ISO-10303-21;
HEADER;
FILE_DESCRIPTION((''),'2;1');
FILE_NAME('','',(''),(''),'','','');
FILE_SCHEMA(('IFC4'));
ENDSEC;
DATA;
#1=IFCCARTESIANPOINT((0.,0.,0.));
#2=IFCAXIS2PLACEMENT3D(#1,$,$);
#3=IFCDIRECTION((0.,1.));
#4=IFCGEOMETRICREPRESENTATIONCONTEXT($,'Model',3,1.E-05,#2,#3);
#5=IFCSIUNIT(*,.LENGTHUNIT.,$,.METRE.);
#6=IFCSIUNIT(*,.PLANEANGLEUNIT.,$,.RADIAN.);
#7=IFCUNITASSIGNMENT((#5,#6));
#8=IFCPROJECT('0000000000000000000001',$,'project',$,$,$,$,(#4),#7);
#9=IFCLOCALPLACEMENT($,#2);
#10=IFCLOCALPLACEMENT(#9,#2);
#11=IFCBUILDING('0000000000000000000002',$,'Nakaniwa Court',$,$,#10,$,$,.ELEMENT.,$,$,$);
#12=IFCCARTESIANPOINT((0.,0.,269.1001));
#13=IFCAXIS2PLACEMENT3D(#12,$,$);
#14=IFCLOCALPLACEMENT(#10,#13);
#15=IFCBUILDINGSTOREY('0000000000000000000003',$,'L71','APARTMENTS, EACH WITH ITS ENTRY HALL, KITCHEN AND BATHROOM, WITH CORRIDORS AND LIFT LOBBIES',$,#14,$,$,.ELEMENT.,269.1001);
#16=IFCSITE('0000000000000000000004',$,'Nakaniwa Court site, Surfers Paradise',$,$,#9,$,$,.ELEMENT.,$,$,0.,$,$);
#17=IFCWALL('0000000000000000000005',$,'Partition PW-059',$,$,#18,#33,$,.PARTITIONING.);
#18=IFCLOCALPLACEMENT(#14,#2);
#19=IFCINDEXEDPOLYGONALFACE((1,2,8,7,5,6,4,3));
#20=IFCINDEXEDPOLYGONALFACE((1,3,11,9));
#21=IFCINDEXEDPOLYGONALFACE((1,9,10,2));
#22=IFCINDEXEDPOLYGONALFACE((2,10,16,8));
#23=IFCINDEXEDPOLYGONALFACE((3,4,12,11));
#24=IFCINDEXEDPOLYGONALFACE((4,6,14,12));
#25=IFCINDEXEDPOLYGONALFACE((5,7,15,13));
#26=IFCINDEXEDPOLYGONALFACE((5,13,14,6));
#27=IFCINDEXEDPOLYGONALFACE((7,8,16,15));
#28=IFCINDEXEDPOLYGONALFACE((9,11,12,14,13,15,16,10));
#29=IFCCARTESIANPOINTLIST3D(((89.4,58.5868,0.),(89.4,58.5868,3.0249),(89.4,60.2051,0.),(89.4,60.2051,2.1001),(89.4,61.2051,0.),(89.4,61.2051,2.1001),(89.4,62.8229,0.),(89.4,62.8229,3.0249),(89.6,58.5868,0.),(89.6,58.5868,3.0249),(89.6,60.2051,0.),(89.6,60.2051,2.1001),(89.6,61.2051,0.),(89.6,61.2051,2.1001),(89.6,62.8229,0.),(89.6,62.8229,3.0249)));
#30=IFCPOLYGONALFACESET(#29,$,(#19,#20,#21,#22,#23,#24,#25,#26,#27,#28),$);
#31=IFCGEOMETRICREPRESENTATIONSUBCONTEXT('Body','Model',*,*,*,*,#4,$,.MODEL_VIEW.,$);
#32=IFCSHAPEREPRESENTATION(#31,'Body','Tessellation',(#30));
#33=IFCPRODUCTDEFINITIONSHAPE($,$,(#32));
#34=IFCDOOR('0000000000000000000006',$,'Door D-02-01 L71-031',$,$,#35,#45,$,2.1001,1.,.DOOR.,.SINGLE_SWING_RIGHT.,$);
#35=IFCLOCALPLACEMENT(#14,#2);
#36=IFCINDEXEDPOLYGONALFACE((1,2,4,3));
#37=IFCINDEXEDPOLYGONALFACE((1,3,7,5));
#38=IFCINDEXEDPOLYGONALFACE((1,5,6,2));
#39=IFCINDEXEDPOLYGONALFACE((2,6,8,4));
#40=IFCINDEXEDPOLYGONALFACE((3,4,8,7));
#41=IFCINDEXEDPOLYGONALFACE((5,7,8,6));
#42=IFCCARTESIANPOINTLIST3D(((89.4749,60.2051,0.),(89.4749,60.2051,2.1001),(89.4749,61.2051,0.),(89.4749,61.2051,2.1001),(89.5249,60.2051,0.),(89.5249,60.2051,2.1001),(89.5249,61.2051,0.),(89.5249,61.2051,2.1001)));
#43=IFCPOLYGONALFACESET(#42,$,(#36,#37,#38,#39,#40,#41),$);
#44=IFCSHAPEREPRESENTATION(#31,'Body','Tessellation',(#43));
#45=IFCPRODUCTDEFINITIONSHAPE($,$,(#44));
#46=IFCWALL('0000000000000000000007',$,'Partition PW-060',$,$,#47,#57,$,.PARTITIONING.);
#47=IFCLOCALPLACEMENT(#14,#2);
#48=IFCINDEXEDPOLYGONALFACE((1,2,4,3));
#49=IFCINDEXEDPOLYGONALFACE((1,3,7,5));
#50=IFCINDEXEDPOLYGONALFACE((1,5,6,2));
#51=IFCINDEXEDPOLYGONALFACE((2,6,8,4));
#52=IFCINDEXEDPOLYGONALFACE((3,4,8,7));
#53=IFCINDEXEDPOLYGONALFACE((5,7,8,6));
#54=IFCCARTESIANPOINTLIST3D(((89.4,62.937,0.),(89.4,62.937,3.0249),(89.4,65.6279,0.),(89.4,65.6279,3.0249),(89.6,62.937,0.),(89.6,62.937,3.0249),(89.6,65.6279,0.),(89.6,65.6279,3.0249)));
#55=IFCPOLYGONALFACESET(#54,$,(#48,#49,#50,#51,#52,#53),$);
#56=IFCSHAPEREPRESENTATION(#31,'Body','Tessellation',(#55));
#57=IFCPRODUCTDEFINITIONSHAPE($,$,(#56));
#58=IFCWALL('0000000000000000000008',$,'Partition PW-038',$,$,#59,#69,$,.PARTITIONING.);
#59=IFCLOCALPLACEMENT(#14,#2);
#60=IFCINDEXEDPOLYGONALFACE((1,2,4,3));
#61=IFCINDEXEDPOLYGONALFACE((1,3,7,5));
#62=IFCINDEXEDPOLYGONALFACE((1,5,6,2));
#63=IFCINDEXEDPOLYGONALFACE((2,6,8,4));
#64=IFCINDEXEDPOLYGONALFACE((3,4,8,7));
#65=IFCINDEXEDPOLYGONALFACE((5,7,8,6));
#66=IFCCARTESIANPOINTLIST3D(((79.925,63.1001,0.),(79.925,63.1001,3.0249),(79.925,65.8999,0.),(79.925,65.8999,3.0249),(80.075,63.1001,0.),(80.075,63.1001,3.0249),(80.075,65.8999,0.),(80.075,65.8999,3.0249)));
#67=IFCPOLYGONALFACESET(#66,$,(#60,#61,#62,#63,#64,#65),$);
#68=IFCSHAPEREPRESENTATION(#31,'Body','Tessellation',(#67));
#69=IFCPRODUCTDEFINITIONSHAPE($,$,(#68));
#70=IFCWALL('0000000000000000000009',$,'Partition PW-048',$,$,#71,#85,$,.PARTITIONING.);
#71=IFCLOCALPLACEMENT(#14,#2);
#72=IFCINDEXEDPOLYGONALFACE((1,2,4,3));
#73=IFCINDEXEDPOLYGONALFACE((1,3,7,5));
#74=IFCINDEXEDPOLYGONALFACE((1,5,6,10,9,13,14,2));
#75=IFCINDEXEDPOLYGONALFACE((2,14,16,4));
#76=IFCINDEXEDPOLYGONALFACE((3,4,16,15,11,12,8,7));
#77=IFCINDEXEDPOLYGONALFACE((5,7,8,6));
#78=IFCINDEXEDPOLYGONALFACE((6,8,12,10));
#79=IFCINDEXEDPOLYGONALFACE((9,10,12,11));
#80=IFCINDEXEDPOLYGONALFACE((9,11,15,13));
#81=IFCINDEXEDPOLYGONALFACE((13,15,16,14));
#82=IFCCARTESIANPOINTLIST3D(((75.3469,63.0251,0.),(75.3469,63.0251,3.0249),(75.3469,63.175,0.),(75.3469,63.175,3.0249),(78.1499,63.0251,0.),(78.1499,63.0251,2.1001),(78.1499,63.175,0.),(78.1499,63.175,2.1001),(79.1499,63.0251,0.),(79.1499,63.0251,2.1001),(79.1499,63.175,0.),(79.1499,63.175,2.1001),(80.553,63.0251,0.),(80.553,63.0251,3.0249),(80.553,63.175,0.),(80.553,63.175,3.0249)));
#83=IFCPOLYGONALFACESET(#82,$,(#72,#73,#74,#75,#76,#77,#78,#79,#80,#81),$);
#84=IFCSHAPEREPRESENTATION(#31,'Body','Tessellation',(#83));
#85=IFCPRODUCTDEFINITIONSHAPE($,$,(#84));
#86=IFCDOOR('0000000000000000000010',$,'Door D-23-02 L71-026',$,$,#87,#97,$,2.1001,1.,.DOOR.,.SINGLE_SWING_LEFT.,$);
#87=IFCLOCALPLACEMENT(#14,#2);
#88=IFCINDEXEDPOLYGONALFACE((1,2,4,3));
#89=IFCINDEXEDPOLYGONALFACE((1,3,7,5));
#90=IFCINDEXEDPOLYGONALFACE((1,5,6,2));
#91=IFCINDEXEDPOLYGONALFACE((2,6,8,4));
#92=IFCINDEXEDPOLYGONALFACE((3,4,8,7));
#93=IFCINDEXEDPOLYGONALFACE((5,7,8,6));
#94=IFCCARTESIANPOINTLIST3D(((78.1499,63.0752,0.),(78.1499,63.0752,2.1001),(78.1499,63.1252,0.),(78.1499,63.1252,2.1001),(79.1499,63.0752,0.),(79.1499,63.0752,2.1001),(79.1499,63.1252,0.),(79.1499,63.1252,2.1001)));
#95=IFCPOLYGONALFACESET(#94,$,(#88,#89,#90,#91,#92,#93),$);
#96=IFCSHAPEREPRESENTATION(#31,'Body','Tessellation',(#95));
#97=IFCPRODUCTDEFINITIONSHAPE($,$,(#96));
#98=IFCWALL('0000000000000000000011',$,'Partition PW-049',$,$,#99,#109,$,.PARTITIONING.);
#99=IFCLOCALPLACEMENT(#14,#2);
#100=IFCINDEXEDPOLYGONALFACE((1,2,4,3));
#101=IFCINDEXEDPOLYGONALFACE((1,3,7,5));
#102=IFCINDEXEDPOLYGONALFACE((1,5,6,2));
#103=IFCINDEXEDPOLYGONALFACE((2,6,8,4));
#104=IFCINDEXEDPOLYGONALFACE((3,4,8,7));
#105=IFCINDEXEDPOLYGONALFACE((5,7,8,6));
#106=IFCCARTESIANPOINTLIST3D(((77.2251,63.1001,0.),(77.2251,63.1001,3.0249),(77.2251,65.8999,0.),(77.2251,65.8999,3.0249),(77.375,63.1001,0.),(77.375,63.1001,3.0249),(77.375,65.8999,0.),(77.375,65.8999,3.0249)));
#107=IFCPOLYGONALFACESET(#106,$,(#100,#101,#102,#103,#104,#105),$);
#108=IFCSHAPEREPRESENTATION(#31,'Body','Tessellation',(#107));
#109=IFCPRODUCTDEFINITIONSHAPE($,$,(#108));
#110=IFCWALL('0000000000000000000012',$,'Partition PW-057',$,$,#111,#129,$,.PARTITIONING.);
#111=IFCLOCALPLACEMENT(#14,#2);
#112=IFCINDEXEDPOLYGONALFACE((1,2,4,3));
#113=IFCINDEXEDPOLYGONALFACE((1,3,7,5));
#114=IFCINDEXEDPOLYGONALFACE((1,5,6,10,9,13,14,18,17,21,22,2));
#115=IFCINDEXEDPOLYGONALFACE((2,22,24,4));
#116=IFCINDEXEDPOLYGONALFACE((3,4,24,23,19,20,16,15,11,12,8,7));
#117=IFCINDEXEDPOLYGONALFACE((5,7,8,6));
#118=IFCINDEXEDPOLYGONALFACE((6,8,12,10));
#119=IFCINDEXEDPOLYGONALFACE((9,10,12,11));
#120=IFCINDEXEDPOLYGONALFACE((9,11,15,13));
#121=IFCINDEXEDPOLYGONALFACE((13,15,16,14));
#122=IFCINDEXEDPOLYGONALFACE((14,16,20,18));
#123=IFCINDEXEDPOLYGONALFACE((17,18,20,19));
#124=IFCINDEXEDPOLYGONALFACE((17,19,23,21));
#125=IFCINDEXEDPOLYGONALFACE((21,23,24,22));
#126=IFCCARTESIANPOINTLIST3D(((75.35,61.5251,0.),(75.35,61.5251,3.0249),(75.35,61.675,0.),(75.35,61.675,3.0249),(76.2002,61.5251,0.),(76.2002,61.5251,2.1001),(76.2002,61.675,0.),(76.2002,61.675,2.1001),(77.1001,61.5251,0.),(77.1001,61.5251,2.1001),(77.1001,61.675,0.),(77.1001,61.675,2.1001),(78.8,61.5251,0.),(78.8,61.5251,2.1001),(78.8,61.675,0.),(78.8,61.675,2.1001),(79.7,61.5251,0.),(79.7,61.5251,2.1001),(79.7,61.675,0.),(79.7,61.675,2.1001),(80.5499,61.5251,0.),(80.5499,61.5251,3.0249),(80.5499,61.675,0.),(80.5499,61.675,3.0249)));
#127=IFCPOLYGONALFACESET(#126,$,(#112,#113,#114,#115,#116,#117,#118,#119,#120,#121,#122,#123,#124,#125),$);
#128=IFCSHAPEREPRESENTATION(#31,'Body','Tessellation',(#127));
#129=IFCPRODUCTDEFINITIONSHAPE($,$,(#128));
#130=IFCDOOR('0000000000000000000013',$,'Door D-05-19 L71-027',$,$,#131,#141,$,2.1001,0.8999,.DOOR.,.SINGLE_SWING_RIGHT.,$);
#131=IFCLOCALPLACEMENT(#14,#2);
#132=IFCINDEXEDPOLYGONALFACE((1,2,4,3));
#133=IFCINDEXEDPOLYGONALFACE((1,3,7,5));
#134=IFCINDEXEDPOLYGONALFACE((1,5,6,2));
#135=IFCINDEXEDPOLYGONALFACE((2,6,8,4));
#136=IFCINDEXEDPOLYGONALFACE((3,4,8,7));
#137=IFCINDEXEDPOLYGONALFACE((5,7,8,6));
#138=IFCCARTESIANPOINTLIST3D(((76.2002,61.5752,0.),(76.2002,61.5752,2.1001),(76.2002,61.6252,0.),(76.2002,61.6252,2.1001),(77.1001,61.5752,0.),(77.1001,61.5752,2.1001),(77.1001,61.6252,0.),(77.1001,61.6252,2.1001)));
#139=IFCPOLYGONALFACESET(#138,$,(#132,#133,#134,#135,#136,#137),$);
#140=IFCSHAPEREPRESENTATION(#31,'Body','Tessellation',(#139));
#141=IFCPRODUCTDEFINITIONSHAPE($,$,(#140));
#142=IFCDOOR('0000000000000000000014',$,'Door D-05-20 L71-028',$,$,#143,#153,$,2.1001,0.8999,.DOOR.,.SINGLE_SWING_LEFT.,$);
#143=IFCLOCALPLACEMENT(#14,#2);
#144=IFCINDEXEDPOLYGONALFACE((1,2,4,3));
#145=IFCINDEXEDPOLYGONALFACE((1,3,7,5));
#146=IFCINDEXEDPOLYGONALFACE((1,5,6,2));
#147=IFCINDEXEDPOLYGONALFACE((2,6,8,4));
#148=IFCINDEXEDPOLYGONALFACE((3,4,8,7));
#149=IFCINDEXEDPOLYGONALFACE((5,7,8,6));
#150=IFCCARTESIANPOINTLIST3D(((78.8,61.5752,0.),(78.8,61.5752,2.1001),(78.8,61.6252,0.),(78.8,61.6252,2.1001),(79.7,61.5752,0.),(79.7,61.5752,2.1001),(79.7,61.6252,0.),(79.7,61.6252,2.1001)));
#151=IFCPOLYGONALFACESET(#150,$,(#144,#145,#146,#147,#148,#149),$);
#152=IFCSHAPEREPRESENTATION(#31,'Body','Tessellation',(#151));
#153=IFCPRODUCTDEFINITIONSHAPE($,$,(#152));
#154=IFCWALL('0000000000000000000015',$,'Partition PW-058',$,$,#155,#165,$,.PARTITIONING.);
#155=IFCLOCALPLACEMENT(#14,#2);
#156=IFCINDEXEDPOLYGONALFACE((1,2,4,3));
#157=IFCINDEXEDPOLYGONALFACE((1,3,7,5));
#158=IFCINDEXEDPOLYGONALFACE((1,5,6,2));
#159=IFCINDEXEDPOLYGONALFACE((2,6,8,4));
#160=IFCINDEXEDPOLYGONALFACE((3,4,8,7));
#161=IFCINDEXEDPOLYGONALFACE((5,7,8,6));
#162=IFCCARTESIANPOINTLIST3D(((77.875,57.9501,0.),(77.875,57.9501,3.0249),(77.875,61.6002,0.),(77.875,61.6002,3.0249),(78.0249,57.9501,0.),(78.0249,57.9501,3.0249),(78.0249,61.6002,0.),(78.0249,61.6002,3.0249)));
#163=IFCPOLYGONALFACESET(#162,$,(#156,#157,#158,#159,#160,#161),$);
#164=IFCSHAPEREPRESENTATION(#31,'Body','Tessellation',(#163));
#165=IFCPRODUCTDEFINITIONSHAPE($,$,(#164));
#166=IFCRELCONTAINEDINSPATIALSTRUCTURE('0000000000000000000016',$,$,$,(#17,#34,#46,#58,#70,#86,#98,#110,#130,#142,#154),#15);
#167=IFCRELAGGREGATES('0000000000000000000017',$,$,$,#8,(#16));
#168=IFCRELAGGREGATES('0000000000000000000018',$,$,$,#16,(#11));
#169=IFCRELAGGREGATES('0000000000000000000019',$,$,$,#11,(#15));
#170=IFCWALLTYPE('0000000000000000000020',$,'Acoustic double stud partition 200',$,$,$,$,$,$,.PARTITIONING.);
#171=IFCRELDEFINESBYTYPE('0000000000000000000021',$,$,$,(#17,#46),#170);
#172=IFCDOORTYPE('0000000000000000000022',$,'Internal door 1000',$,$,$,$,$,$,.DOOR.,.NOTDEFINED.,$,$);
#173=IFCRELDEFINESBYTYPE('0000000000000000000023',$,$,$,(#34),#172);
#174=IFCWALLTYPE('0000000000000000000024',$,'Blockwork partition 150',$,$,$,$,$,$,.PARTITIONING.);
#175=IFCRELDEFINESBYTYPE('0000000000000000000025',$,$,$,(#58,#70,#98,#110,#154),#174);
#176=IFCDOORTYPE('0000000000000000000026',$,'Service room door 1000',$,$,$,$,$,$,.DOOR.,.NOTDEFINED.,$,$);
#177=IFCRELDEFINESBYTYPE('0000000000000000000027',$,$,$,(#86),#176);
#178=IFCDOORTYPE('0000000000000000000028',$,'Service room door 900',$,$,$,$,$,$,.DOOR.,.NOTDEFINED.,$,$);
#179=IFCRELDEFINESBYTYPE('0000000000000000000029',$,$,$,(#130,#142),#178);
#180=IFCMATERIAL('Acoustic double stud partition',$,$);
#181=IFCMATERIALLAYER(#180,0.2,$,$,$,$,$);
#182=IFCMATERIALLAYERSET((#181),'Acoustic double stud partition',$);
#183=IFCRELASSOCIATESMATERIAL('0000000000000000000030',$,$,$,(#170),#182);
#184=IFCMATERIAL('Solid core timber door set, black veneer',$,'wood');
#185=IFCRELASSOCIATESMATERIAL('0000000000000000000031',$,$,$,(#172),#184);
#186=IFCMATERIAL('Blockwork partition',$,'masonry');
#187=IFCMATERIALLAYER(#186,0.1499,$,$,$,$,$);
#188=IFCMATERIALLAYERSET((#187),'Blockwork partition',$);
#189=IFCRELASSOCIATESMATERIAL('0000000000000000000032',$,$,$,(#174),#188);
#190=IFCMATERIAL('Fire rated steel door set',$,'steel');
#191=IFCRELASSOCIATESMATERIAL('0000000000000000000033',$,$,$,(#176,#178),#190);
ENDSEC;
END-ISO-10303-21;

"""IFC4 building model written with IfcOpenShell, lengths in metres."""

from ifc_helpers import new_model, si_unit, direction, frame, frame_2d, origin, place, context, subcontext, project, spatial, rectangle, extrude, material, layer, layer_set, type_object, element, fill, save


model = new_model("IFC4")

# Units and contexts
model_context = context("Model", 3, precision=1e-05, world=origin(), true_north=direction((0.0, 1.0)))
body_context = subcontext(model_context, "Body", "Model", "MODEL_VIEW")
ifc_project = project(units=[si_unit("LENGTHUNIT", "METRE"), si_unit("PLANEANGLEUNIT", "RADIAN")], contexts=[model_context])

# Site, building, storey
site_placement = place(None, origin())
site = spatial("IfcSite", under=ifc_project, at=site_placement, Name="Nakaniwa Court site, Surfers Paradise", CompositionType="ELEMENT", RefElevation=0.0)
building_placement = place(site_placement, origin())
building = spatial("IfcBuilding", under=site, at=building_placement, Name="Nakaniwa Court", CompositionType="ELEMENT")
storey_placement = place(building_placement, frame((0.0, 0.0, 269.1001)))
storey = spatial("IfcBuildingStorey", under=building, at=storey_placement, Name="L71", Description="APARTMENTS, EACH WITH ITS ENTRY HALL, KITCHEN AND BATHROOM, WITH CORRIDORS AND LIFT LOBBIES", CompositionType="ELEMENT", Elevation=269.1001)

# Wall, opening, door
ifc_material_1 = material(Name="Acoustic double stud partition")
ifc_layer_1 = layer(ifc_material_1, 0.2)
ifc_layer_set_1 = layer_set([ifc_layer_1], Name="Acoustic double stud partition")
wall_type_1 = type_object("IfcWallType", Name="Acoustic double stud partition 200", PredefinedType="PARTITIONING", material=ifc_layer_set_1)
wall_1_placement = place(storey_placement, frame((89.5, 62.823, 0.0), z_axis=(0.0, 0.0, 1.0), x_axis=(0.0, -1.0, 0.0)))
wall_1 = element("IfcWall", 1, at=wall_1_placement, inside=storey, type_object=wall_type_1, Name="Partition PW-059", PredefinedType="PARTITIONING", context=body_context, shape_type="SweptSolid", body=[
    extrude(rectangle(XDim=4.2361, YDim=0.2, at=frame_2d((2.1182, 0.0))), origin(), (0.0, 0.0, 1.0), 3.0249),
])
opening_1_placement = place(wall_1_placement, frame((1.6179, 0.0, 0.0)))
opening_1 = element("IfcOpeningElement", 2, at=opening_1_placement, cuts=wall_1, PredefinedType="OPENING", context=body_context, shape_type="SweptSolid", body=[
    extrude(rectangle(XDim=1.0, YDim=2.1001, at=frame_2d((0.5, 1.05))), frame((0.0, 0.1099, 0.0), z_axis=(0.0, -1.0, 0.0), x_axis=(1.0, 0.0, 0.0)), (0.0, 0.0, 1.0), 0.22),
])
ifc_material_2 = material(Name="Solid core timber door set, black veneer", Category="wood")
door_type_1 = type_object("IfcDoorType", Name="Internal door 1000", OperationType="NOTDEFINED", PredefinedType="DOOR", material=ifc_material_2)
door_1_placement = place(opening_1_placement, origin())
door_1 = element("IfcDoor", 3, at=door_1_placement, inside=storey, type_object=door_type_1, Name="Door D-02-01 L71-031", OperationType="SINGLE_SWING_RIGHT", OverallHeight=2.1001, OverallWidth=1.0, PredefinedType="DOOR", context=body_context, shape_type="SweptSolid", body=[
    extrude(rectangle(XDim=1.0, YDim=2.1001, at=frame_2d((0.5, 1.05))), frame((0.0, 0.0249, 0.0), z_axis=(0.0, -1.0, 0.0), x_axis=(1.0, 0.0, 0.0)), (0.0, 0.0, 1.0), 0.05),
])
fill(opening_1, door_1)

# Walls
wall_2_placement = place(storey_placement, frame((89.5, 62.937, 0.0), z_axis=(0.0, 0.0, 1.0), x_axis=(0.0, 1.0, 0.0)))
element("IfcWall", 4, at=wall_2_placement, inside=storey, type_object=wall_type_1, Name="Partition PW-060", PredefinedType="PARTITIONING", context=body_context, shape_type="SweptSolid", body=[
    extrude(rectangle(XDim=2.6909, YDim=0.2, at=frame_2d((1.3455, 0.0))), origin(), (0.0, 0.0, 1.0), 3.0249),
])
ifc_material_3 = material(Name="Blockwork partition", Category="masonry")
ifc_layer_2 = layer(ifc_material_3, 0.1499)
ifc_layer_set_2 = layer_set([ifc_layer_2], Name="Blockwork partition")
wall_type_2 = type_object("IfcWallType", Name="Blockwork partition 150", PredefinedType="PARTITIONING", material=ifc_layer_set_2)
wall_3_placement = place(storey_placement, frame((80.0, 63.1001, 0.0), z_axis=(0.0, 0.0, 1.0), x_axis=(0.0, 1.0, 0.0)))
element("IfcWall", 5, at=wall_3_placement, inside=storey, type_object=wall_type_2, Name="Partition PW-038", PredefinedType="PARTITIONING", context=body_context, shape_type="SweptSolid", body=[
    extrude(rectangle(XDim=2.7998, YDim=0.1499, at=frame_2d((1.3999, 0.0))), origin(), (0.0, 0.0, 1.0), 3.0249),
])

# Wall, opening, door
wall_4_placement = place(storey_placement, frame((80.553, 63.1001, 0.0), z_axis=(0.0, 0.0, 1.0), x_axis=(-1.0, 0.0, 0.0)))
wall_4 = element("IfcWall", 6, at=wall_4_placement, inside=storey, type_object=wall_type_2, Name="Partition PW-048", PredefinedType="PARTITIONING", context=body_context, shape_type="SweptSolid", body=[
    extrude(rectangle(XDim=5.2061, YDim=0.1499, at=frame_2d((2.603, 0.0))), origin(), (0.0, 0.0, 1.0), 3.0249),
])
opening_2_placement = place(wall_4_placement, frame((1.4031, 0.0, 0.0)))
opening_2 = element("IfcOpeningElement", 7, at=opening_2_placement, cuts=wall_4, PredefinedType="OPENING", context=body_context, shape_type="SweptSolid", body=[
    extrude(rectangle(XDim=1.0, YDim=2.1001, at=frame_2d((0.5, 1.05))), frame((0.0, 0.085, 0.0), z_axis=(0.0, -1.0, 0.0), x_axis=(1.0, 0.0, 0.0)), (0.0, 0.0, 1.0), 0.1699),
])
ifc_material_4 = material(Name="Fire rated steel door set", Category="steel")
door_type_2 = type_object("IfcDoorType", Name="Service room door 1000", OperationType="NOTDEFINED", PredefinedType="DOOR", material=ifc_material_4)
door_2_placement = place(opening_2_placement, origin())
door_2 = element("IfcDoor", 8, at=door_2_placement, inside=storey, type_object=door_type_2, Name="Door D-23-02 L71-026", OperationType="SINGLE_SWING_LEFT", OverallHeight=2.1001, OverallWidth=1.0, PredefinedType="DOOR", context=body_context, shape_type="SweptSolid", body=[
    extrude(rectangle(XDim=1.0, YDim=2.1001, at=frame_2d((0.5, 1.05))), frame((0.0, 0.0249, 0.0), z_axis=(0.0, -1.0, 0.0), x_axis=(1.0, 0.0, 0.0)), (0.0, 0.0, 1.0), 0.05),
])
fill(opening_2, door_2)

# Wall
wall_5_placement = place(storey_placement, frame((77.3, 63.1001, 0.0), z_axis=(0.0, 0.0, 1.0), x_axis=(0.0, 1.0, 0.0)))
element("IfcWall", 9, at=wall_5_placement, inside=storey, type_object=wall_type_2, Name="Partition PW-049", PredefinedType="PARTITIONING", context=body_context, shape_type="SweptSolid", body=[
    extrude(rectangle(XDim=2.7998, YDim=0.1499, at=frame_2d((1.3999, 0.0))), origin(), (0.0, 0.0, 1.0), 3.0249),
])

# Wall, openings, doors
wall_6_placement = place(storey_placement, frame((80.55, 61.6001, 0.0), z_axis=(0.0, 0.0, 1.0), x_axis=(-1.0, 0.0, 0.0)))
wall_6 = element("IfcWall", 10, at=wall_6_placement, inside=storey, type_object=wall_type_2, Name="Partition PW-057", PredefinedType="PARTITIONING", context=body_context, shape_type="SweptSolid", body=[
    extrude(rectangle(XDim=5.2, YDim=0.1499, at=frame_2d((2.6001, 0.0))), origin(), (0.0, 0.0, 1.0), 3.0249),
])
opening_3_placement = place(wall_6_placement, frame((3.45, 0.0, 0.0)))
opening_3 = element("IfcOpeningElement", 11, at=opening_3_placement, cuts=wall_6, PredefinedType="OPENING", context=body_context, shape_type="SweptSolid", body=[
    extrude(rectangle(XDim=0.8999, YDim=2.1001, at=frame_2d((0.45, 1.05))), frame((0.0, 0.085, 0.0), z_axis=(0.0, -1.0, 0.0), x_axis=(1.0, 0.0, 0.0)), (0.0, 0.0, 1.0), 0.1699),
])
opening_4_placement = place(wall_6_placement, frame((0.8501, 0.0, 0.0)))
opening_4 = element("IfcOpeningElement", 12, at=opening_4_placement, cuts=wall_6, PredefinedType="OPENING", context=body_context, shape_type="SweptSolid", body=[
    extrude(rectangle(XDim=0.8999, YDim=2.1001, at=frame_2d((0.45, 1.05))), frame((0.0, 0.085, 0.0), z_axis=(0.0, -1.0, 0.0), x_axis=(1.0, 0.0, 0.0)), (0.0, 0.0, 1.0), 0.1699),
])
door_type_3 = type_object("IfcDoorType", Name="Service room door 900", OperationType="NOTDEFINED", PredefinedType="DOOR", material=ifc_material_4)
door_3_placement = place(opening_3_placement, origin())
door_3 = element("IfcDoor", 13, at=door_3_placement, inside=storey, type_object=door_type_3, Name="Door D-05-19 L71-027", OperationType="SINGLE_SWING_RIGHT", OverallHeight=2.1001, OverallWidth=0.8999, PredefinedType="DOOR", context=body_context, shape_type="SweptSolid", body=[
    extrude(rectangle(XDim=0.8999, YDim=2.1001, at=frame_2d((0.45, 1.05))), frame((0.0, 0.0249, 0.0), z_axis=(0.0, -1.0, 0.0), x_axis=(1.0, 0.0, 0.0)), (0.0, 0.0, 1.0), 0.05),
])
fill(opening_3, door_3)
door_4_placement = place(opening_4_placement, origin())
door_4 = element("IfcDoor", 14, at=door_4_placement, inside=storey, type_object=door_type_3, Name="Door D-05-20 L71-028", OperationType="SINGLE_SWING_LEFT", OverallHeight=2.1001, OverallWidth=0.8999, PredefinedType="DOOR", context=body_context, shape_type="SweptSolid", body=[
    extrude(rectangle(XDim=0.8999, YDim=2.1001, at=frame_2d((0.45, 1.05))), frame((0.0, 0.0249, 0.0), z_axis=(0.0, -1.0, 0.0), x_axis=(1.0, 0.0, 0.0)), (0.0, 0.0, 1.0), 0.05),
])
fill(opening_4, door_4)

# Wall
wall_7_placement = place(storey_placement, frame((77.95, 57.95, 0.0), z_axis=(0.0, 0.0, 1.0), x_axis=(0.0, 1.0, 0.0)))
element("IfcWall", 15, at=wall_7_placement, inside=storey, type_object=wall_type_2, Name="Partition PW-058", PredefinedType="PARTITIONING", context=body_context, shape_type="SweptSolid", body=[
    extrude(rectangle(XDim=3.6501, YDim=0.1499, at=frame_2d((1.8252, 0.0))), origin(), (0.0, 0.0, 1.0), 3.0249),
])

save(model, "model.ifc")
